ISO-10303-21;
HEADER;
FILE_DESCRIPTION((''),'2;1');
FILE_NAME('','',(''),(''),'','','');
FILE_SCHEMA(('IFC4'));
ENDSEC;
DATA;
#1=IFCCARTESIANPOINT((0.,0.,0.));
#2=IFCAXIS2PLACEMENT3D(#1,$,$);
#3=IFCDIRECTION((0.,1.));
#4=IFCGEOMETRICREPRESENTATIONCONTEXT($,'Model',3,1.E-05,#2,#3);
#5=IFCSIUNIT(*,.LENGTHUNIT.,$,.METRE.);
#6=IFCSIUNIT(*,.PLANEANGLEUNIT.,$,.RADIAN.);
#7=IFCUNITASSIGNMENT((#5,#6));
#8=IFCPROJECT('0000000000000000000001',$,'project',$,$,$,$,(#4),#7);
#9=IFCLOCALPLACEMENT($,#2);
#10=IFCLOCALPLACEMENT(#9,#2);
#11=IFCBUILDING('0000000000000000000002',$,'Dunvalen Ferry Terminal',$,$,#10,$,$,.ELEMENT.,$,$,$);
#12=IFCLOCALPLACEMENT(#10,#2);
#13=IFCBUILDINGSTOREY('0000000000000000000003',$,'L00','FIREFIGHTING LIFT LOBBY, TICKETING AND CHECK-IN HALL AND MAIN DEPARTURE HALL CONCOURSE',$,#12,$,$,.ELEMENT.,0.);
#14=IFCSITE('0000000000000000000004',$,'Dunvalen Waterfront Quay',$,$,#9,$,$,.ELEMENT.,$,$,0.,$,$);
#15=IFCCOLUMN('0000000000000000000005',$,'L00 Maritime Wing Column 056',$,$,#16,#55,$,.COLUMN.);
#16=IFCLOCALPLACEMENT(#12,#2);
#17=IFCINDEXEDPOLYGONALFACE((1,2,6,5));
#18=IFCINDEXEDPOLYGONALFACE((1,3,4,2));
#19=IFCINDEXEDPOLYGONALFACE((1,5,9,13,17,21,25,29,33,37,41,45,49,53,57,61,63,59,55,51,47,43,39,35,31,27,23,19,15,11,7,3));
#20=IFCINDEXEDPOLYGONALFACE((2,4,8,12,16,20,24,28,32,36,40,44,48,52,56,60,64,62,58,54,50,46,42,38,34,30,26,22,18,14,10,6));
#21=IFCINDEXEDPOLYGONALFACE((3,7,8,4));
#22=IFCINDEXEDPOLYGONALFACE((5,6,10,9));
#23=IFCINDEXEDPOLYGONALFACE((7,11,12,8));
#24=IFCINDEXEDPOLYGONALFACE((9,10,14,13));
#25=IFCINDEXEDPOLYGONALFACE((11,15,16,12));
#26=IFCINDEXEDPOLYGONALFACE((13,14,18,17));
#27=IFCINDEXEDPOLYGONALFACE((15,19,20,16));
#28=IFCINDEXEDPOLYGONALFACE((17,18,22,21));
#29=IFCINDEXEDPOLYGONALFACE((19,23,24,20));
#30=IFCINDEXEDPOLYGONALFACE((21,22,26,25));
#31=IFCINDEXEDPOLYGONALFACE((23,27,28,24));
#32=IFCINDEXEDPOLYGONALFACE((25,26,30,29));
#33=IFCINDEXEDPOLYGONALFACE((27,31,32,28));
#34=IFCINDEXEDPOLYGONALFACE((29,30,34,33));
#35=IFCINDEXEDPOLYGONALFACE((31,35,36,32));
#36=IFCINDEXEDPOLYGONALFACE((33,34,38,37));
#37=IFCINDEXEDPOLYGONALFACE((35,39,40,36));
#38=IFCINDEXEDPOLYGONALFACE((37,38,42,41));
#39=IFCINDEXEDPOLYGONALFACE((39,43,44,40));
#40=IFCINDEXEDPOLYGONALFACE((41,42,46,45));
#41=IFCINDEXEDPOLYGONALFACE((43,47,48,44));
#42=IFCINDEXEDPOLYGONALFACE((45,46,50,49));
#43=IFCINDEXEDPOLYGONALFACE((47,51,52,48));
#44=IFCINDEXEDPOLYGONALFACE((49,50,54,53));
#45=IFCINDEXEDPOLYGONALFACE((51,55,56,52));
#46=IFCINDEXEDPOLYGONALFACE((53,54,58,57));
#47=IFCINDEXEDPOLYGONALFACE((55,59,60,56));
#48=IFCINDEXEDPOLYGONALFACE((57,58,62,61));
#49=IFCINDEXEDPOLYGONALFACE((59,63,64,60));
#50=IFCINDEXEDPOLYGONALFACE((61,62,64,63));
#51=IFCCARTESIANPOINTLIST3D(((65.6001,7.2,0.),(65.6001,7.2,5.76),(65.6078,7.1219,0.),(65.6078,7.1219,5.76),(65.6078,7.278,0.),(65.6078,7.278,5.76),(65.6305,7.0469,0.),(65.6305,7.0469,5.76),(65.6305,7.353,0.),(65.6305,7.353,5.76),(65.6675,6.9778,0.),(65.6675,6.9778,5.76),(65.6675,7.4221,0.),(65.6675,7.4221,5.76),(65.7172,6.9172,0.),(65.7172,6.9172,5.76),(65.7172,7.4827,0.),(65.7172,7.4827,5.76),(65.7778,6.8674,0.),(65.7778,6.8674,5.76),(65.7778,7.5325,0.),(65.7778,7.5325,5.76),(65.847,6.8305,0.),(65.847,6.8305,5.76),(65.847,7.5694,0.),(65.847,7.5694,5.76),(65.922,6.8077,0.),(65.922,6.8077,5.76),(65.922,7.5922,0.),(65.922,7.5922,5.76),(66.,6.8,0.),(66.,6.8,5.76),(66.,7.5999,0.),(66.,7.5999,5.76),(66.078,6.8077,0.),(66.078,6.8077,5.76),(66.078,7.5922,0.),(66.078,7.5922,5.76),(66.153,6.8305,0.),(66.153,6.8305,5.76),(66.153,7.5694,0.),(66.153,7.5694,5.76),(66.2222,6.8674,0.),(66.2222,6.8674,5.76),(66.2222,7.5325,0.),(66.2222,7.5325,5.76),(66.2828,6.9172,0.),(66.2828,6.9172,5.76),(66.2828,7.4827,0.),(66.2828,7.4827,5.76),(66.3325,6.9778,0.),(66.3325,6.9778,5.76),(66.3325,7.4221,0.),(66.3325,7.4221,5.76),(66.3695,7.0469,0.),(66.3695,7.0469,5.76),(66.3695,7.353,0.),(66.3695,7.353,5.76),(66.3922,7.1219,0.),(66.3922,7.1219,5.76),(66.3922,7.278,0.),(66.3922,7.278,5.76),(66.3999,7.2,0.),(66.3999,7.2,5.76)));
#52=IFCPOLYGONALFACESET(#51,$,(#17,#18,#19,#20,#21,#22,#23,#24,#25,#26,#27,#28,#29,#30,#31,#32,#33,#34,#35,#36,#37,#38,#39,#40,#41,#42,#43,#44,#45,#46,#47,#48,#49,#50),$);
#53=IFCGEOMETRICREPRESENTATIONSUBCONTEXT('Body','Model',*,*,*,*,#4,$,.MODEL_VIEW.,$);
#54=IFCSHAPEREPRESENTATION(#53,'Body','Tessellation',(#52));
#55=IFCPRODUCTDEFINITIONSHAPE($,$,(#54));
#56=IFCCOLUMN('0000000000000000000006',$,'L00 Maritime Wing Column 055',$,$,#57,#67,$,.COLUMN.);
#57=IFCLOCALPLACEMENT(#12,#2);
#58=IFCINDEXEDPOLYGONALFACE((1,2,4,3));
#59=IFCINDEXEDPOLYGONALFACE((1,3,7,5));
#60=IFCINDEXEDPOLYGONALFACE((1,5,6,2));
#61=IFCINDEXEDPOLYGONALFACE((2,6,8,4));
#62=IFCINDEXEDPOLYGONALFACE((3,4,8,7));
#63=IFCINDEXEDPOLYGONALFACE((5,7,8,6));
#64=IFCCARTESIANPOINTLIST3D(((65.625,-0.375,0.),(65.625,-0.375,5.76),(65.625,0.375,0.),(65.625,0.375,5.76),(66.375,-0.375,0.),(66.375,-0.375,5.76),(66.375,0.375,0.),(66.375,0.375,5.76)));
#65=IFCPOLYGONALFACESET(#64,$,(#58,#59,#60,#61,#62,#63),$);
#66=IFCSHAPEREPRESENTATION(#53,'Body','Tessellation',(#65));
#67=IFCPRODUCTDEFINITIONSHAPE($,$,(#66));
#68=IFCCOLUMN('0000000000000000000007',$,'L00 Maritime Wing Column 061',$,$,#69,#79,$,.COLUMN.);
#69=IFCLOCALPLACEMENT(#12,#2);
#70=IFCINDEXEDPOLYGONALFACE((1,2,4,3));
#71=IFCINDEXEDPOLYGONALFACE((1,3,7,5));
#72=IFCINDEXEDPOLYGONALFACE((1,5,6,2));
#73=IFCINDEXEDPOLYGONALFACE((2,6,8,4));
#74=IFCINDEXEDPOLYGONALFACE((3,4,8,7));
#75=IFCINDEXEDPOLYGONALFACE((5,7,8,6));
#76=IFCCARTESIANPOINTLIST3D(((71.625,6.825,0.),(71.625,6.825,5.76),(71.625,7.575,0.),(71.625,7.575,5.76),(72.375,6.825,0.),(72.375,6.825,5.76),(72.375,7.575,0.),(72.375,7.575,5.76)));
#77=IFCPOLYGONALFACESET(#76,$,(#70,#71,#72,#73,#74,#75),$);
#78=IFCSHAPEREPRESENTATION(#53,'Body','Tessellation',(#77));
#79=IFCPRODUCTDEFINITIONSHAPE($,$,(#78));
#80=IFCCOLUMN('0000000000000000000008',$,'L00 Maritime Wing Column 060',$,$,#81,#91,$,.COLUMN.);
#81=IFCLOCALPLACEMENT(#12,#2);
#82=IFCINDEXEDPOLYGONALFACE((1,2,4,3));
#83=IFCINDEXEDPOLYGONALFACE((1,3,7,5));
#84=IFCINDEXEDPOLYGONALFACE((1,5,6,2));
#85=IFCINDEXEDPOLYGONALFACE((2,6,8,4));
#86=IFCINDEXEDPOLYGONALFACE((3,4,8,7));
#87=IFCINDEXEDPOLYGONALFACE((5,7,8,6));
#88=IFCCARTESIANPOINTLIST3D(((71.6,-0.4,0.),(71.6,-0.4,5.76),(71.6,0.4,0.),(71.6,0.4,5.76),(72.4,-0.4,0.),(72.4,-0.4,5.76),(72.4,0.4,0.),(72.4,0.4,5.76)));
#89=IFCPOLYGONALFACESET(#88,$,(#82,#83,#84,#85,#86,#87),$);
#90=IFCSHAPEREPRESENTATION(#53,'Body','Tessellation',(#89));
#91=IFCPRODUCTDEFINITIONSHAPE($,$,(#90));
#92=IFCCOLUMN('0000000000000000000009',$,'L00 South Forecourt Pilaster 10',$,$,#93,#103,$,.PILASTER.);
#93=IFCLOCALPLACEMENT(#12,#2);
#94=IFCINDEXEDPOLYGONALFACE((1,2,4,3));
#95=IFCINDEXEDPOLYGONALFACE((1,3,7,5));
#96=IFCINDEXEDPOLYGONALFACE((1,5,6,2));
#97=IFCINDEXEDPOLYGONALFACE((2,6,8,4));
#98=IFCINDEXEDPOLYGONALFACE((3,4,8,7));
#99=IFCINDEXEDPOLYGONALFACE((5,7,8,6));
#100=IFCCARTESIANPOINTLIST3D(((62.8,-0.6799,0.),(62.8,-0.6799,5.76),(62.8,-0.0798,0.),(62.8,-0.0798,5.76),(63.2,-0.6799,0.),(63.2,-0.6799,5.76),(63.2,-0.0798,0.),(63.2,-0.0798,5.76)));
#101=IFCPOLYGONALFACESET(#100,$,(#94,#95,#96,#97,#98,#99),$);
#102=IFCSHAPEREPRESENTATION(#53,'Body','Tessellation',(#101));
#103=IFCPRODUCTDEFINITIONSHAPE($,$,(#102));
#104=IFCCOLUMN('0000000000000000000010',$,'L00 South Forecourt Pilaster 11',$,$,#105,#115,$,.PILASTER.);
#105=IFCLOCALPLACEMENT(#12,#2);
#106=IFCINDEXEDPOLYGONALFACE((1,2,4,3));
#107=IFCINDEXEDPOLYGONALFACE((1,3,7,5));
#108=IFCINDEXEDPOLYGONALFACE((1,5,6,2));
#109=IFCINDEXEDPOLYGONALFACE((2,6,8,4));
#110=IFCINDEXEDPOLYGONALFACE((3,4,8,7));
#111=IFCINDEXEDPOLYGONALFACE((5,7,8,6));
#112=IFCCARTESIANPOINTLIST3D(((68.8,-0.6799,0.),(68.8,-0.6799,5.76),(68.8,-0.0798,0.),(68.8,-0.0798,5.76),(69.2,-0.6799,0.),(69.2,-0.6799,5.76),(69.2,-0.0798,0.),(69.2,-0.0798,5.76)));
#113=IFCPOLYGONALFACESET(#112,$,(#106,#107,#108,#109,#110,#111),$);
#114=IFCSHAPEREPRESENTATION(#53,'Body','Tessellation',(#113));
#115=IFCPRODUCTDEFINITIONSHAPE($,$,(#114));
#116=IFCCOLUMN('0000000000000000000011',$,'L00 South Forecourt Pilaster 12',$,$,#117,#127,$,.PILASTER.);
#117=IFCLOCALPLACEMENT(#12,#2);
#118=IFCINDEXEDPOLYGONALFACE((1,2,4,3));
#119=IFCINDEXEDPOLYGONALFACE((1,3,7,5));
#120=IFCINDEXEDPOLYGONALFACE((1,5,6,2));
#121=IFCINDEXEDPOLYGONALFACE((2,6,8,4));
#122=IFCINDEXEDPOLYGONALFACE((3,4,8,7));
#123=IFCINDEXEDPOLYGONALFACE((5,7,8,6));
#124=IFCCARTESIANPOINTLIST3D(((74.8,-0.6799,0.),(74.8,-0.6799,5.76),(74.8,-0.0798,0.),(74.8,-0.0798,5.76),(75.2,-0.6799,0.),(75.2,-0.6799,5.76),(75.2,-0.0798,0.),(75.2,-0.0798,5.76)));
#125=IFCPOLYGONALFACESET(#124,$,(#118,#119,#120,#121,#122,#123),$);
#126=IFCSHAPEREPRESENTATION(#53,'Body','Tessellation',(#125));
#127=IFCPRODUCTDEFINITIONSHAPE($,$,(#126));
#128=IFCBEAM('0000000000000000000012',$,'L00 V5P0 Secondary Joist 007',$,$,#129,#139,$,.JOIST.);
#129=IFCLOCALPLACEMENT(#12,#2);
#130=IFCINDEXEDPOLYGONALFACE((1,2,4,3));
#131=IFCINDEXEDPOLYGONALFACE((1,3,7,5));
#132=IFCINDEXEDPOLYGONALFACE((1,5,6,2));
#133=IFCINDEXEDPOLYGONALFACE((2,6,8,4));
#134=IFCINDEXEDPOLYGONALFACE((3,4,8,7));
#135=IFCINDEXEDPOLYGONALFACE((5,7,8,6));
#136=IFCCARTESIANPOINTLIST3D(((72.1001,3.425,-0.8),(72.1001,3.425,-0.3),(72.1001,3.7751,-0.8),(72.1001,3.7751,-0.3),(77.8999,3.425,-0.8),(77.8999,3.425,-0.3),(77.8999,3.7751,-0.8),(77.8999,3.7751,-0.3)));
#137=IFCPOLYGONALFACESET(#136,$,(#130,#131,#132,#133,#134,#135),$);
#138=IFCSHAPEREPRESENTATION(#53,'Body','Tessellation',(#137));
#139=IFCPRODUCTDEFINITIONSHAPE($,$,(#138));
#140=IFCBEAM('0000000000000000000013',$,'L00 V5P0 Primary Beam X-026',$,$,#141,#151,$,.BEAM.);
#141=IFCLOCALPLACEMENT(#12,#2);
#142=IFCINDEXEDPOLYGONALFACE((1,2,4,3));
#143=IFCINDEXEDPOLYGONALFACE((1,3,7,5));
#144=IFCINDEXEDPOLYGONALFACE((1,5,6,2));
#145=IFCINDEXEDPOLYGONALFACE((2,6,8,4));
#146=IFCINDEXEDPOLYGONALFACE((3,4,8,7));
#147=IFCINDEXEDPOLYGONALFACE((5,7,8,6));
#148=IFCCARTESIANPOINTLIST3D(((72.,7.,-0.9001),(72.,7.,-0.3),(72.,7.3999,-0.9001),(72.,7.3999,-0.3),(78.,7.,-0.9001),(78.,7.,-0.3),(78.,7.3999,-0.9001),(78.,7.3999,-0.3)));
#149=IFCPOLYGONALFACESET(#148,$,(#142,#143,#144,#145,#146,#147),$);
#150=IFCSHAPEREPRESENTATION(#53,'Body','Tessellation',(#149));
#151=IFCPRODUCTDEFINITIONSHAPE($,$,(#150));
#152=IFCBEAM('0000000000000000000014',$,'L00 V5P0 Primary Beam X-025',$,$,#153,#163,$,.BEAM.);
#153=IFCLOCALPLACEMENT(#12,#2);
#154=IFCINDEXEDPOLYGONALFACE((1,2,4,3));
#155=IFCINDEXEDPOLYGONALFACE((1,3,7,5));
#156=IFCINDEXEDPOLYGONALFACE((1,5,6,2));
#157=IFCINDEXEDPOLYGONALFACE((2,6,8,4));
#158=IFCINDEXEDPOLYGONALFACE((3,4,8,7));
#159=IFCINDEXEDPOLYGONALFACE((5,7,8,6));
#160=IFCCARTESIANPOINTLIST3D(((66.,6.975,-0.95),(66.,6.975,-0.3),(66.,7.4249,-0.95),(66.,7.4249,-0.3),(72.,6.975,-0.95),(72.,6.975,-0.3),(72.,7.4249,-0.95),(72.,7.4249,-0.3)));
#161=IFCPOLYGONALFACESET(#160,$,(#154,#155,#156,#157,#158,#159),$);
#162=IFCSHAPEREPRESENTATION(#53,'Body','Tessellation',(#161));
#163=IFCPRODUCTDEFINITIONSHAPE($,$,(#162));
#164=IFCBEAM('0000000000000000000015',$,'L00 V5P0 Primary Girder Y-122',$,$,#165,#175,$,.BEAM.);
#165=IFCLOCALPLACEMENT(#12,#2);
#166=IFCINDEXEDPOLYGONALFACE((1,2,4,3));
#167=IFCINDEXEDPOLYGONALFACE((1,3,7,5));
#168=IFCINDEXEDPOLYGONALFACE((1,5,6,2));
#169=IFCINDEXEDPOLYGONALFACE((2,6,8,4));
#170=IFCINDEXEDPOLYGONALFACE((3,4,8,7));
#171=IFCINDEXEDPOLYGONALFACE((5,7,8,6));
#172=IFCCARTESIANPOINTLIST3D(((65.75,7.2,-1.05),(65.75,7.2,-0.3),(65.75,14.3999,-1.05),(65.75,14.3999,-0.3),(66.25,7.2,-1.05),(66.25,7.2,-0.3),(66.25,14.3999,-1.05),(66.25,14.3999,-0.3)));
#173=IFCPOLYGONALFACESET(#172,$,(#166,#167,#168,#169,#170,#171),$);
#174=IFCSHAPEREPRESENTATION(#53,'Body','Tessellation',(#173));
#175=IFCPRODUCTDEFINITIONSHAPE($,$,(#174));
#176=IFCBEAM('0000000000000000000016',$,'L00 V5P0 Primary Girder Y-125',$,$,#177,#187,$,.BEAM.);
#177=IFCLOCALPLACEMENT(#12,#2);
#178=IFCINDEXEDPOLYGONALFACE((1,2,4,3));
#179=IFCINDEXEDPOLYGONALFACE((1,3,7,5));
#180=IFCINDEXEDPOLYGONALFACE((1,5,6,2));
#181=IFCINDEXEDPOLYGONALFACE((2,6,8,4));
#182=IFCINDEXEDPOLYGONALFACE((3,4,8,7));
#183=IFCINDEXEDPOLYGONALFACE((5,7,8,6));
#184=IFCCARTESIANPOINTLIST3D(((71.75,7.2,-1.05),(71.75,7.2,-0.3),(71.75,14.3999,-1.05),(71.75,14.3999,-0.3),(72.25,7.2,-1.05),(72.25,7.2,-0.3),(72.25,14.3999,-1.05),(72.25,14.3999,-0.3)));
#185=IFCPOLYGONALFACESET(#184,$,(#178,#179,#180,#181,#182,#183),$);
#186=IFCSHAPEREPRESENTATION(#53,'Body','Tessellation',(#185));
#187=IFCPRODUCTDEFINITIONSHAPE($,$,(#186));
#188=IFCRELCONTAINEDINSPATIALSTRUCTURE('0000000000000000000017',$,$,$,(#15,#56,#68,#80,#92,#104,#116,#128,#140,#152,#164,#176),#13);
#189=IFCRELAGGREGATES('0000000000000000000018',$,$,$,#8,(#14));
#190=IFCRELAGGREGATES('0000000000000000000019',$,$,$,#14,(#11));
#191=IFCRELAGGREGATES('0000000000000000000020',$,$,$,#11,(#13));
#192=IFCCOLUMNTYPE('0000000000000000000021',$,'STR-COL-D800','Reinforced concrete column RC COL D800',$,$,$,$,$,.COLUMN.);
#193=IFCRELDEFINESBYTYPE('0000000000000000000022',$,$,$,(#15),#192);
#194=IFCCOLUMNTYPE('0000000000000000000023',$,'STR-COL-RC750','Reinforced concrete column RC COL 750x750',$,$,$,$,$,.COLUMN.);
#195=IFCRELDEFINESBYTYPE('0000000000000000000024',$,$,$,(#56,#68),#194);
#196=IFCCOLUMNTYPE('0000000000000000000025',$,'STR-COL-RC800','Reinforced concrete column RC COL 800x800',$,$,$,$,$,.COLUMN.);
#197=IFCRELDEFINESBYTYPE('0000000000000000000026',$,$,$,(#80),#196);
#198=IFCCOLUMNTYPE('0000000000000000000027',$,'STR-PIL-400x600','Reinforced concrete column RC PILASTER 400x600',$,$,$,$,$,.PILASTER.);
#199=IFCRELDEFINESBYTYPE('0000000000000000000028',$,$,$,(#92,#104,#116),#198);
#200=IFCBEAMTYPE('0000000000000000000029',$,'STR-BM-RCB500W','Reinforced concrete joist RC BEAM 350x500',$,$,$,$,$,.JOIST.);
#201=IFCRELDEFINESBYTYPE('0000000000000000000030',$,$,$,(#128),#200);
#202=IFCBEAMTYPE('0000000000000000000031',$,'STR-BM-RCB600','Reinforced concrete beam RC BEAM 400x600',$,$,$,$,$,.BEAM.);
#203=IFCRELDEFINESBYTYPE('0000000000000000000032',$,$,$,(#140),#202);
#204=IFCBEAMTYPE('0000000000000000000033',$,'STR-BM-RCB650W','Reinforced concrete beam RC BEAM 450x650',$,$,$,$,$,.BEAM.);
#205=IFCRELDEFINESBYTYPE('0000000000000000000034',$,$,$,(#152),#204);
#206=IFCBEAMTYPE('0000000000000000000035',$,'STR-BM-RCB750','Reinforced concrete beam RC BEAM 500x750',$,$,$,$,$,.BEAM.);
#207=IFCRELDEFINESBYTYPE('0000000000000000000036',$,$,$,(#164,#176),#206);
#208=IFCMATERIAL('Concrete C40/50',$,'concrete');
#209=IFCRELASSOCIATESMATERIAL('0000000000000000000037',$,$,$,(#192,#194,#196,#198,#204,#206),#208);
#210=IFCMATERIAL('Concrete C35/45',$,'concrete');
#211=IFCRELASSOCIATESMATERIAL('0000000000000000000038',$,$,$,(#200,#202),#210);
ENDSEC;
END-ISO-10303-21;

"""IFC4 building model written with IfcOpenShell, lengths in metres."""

from ifc_helpers import new_model, si_unit, direction, frame, origin, origin_2d, place, context, subcontext, project, spatial, rectangle, circle, extrude, material, material_profile, profile_set, type_object, element, save


model = new_model("IFC4")

# Units and contexts
model_context = context("Model", 3, precision=1e-05, world=origin(), true_north=direction((0.0, 1.0)))
body_context = subcontext(model_context, "Body", "Model", "MODEL_VIEW")
ifc_project = project(units=[si_unit("LENGTHUNIT", "METRE"), si_unit("PLANEANGLEUNIT", "RADIAN")], contexts=[model_context])

# Site, building, storey
site_placement = place(None, origin())
site = spatial("IfcSite", under=ifc_project, at=site_placement, Name="Dunvalen Waterfront Quay", CompositionType="ELEMENT", RefElevation=0.0)
building_placement = place(site_placement, origin())
building = spatial("IfcBuilding", under=site, at=building_placement, Name="Dunvalen Ferry Terminal", CompositionType="ELEMENT")
storey_placement = place(building_placement, origin())
storey = spatial("IfcBuildingStorey", under=building, at=storey_placement, Name="L00", Description="FIREFIGHTING LIFT LOBBY, TICKETING AND CHECK-IN HALL AND MAIN DEPARTURE HALL CONCOURSE", CompositionType="ELEMENT", Elevation=0.0)

# Columns
ifc_material_1 = material(Name="Concrete C40/50", Category="concrete")
ifc_material_profile_1 = material_profile(ifc_material_1, circle(Radius=0.3999, at=origin_2d()), Name="Concrete C40/50")
ifc_profile_set_1 = profile_set([ifc_material_profile_1], Name="Concrete C40/50")
column_type_1 = type_object("IfcColumnType", Name="STR-COL-D800", Description="Reinforced concrete column RC COL D800", PredefinedType="COLUMN", material=ifc_profile_set_1)
column_1_placement = place(storey_placement, frame((66.0, 7.2, 0.0), z_axis=(0.0, 0.0, 1.0), x_axis=(1.0, 0.0, 0.0)))
element("IfcColumn", 1, at=column_1_placement, inside=storey, type_object=column_type_1, Name="L00 Maritime Wing Column 056", PredefinedType="COLUMN", context=body_context, shape_type="SweptSolid", body=[
    extrude(circle(Radius=0.3999, at=origin_2d()), origin(), (0.0, 0.0, 1.0), 5.76),
])
ifc_material_profile_2 = material_profile(ifc_material_1, rectangle(XDim=0.75, YDim=0.75, at=origin_2d()), Name="Concrete C40/50")
ifc_profile_set_2 = profile_set([ifc_material_profile_2], Name="Concrete C40/50")
column_type_2 = type_object("IfcColumnType", Name="STR-COL-RC750", Description="Reinforced concrete column RC COL 750x750", PredefinedType="COLUMN", material=ifc_profile_set_2)
for number, where, z_axis, x_axis, name in (
    (2, (66.0, 0.0, 0.0), (0.0, 0.0, 1.0), (1.0, 0.0, 0.0), "L00 Maritime Wing Column 055"),
    (3, (72.0, 7.2, 0.0), (0.0, 0.0, 1.0), (1.0, 0.0, 0.0), "L00 Maritime Wing Column 061"),
):
    element("IfcColumn", number, at=place(storey_placement, frame(where, z_axis=z_axis, x_axis=x_axis)), inside=storey, type_object=column_type_2, Name=name, PredefinedType="COLUMN", context=body_context, shape_type="SweptSolid", body=[
        extrude(rectangle(XDim=0.75, YDim=0.75, at=origin_2d()), origin(), (0.0, 0.0, 1.0), 5.76),
    ])
ifc_material_profile_3 = material_profile(ifc_material_1, rectangle(XDim=0.8, YDim=0.8, at=origin_2d()), Name="Concrete C40/50")
ifc_profile_set_3 = profile_set([ifc_material_profile_3], Name="Concrete C40/50")
column_type_3 = type_object("IfcColumnType", Name="STR-COL-RC800", Description="Reinforced concrete column RC COL 800x800", PredefinedType="COLUMN", material=ifc_profile_set_3)
column_2_placement = place(storey_placement, frame((72.0, 0.0, 0.0), z_axis=(0.0, 0.0, 1.0), x_axis=(1.0, 0.0, 0.0)))
element("IfcColumn", 4, at=column_2_placement, inside=storey, type_object=column_type_3, Name="L00 Maritime Wing Column 060", PredefinedType="COLUMN", context=body_context, shape_type="SweptSolid", body=[
    extrude(rectangle(XDim=0.8, YDim=0.8, at=origin_2d()), origin(), (0.0, 0.0, 1.0), 5.76),
])
ifc_material_profile_4 = material_profile(ifc_material_1, rectangle(XDim=0.3999, YDim=0.6001, at=origin_2d()), Name="Concrete C40/50")
ifc_profile_set_4 = profile_set([ifc_material_profile_4], Name="Concrete C40/50")
column_type_4 = type_object("IfcColumnType", Name="STR-PIL-400x600", Description="Reinforced concrete column RC PILASTER 400x600", PredefinedType="PILASTER", material=ifc_profile_set_4)
for number, where, z_axis, x_axis, name in (
    (5, (63.0, -0.3799, 0.0), (0.0, 0.0, 1.0), (1.0, 0.0, 0.0), "L00 South Forecourt Pilaster 10"),
    (6, (69.0, -0.3799, 0.0), (0.0, 0.0, 1.0), (1.0, 0.0, 0.0), "L00 South Forecourt Pilaster 11"),
    (7, (75.0, -0.3799, 0.0), (0.0, 0.0, 1.0), (1.0, 0.0, 0.0), "L00 South Forecourt Pilaster 12"),
):
    element("IfcColumn", number, at=place(storey_placement, frame(where, z_axis=z_axis, x_axis=x_axis)), inside=storey, type_object=column_type_4, Name=name, PredefinedType="PILASTER", context=body_context, shape_type="SweptSolid", body=[
        extrude(rectangle(XDim=0.3999, YDim=0.6001, at=origin_2d()), origin(), (0.0, 0.0, 1.0), 5.76),
    ])

# Beams
ifc_material_2 = material(Name="Concrete C35/45", Category="concrete")
ifc_material_profile_5 = material_profile(ifc_material_2, rectangle(XDim=0.3501, YDim=0.5, at=origin_2d()), Name="Concrete C35/45")
ifc_profile_set_5 = profile_set([ifc_material_profile_5], Name="Concrete C35/45")
beam_type_1 = type_object("IfcBeamType", Name="STR-BM-RCB500W", Description="Reinforced concrete joist RC BEAM 350x500", PredefinedType="JOIST", material=ifc_profile_set_5)
beam_1_placement = place(storey_placement, frame((72.1001, 3.6001, -0.55), z_axis=(1.0, 0.0, 0.0), x_axis=(0.0, 1.0, 0.0)))
element("IfcBeam", 8, at=beam_1_placement, inside=storey, type_object=beam_type_1, Name="L00 V5P0 Secondary Joist 007", PredefinedType="JOIST", context=body_context, shape_type="SweptSolid", body=[
    extrude(rectangle(XDim=0.3501, YDim=0.5, at=origin_2d()), origin(), (0.0, 0.0, 1.0), 5.7998),
])
ifc_material_profile_6 = material_profile(ifc_material_2, rectangle(XDim=0.3999, YDim=0.6001, at=origin_2d()), Name="Concrete C35/45")
ifc_profile_set_6 = profile_set([ifc_material_profile_6], Name="Concrete C35/45")
beam_type_2 = type_object("IfcBeamType", Name="STR-BM-RCB600", Description="Reinforced concrete beam RC BEAM 400x600", PredefinedType="BEAM", material=ifc_profile_set_6)
beam_2_placement = place(storey_placement, frame((72.0, 7.2, -0.6001), z_axis=(1.0, 0.0, 0.0), x_axis=(0.0, 1.0, 0.0)))
element("IfcBeam", 9, at=beam_2_placement, inside=storey, type_object=beam_type_2, Name="L00 V5P0 Primary Beam X-026", PredefinedType="BEAM", context=body_context, shape_type="SweptSolid", body=[
    extrude(rectangle(XDim=0.3999, YDim=0.6001, at=origin_2d()), origin(), (0.0, 0.0, 1.0), 6.0),
])
ifc_material_profile_7 = material_profile(ifc_material_1, rectangle(XDim=0.45, YDim=0.6499, at=origin_2d()), Name="Concrete C40/50")
ifc_profile_set_7 = profile_set([ifc_material_profile_7], Name="Concrete C40/50")
beam_type_3 = type_object("IfcBeamType", Name="STR-BM-RCB650W", Description="Reinforced concrete beam RC BEAM 450x650", PredefinedType="BEAM", material=ifc_profile_set_7)
beam_3_placement = place(storey_placement, frame((66.0, 7.2, -0.625), z_axis=(1.0, 0.0, 0.0), x_axis=(0.0, 1.0, 0.0)))
element("IfcBeam", 10, at=beam_3_placement, inside=storey, type_object=beam_type_3, Name="L00 V5P0 Primary Beam X-025", PredefinedType="BEAM", context=body_context, shape_type="SweptSolid", body=[
    extrude(rectangle(XDim=0.45, YDim=0.6499, at=origin_2d()), origin(), (0.0, 0.0, 1.0), 6.0),
])
ifc_material_profile_8 = material_profile(ifc_material_1, rectangle(XDim=0.5, YDim=0.75, at=origin_2d()), Name="Concrete C40/50")
ifc_profile_set_8 = profile_set([ifc_material_profile_8], Name="Concrete C40/50")
beam_type_4 = type_object("IfcBeamType", Name="STR-BM-RCB750", Description="Reinforced concrete beam RC BEAM 500x750", PredefinedType="BEAM", material=ifc_profile_set_8)
for number, where, z_axis, x_axis, name in (
    (11, (66.0, 7.2, -0.675), (0.0, 1.0, 0.0), (-1.0, 0.0, 0.0), "L00 V5P0 Primary Girder Y-122"),
    (12, (72.0, 7.2, -0.675), (0.0, 1.0, 0.0), (-1.0, 0.0, 0.0), "L00 V5P0 Primary Girder Y-125"),
):
    element("IfcBeam", number, at=place(storey_placement, frame(where, z_axis=z_axis, x_axis=x_axis)), inside=storey, type_object=beam_type_4, Name=name, PredefinedType="BEAM", context=body_context, shape_type="SweptSolid", body=[
        extrude(rectangle(XDim=0.5, YDim=0.75, at=origin_2d()), origin(), (0.0, 0.0, 1.0), 7.2),
    ])

save(model, "model.ifc")
